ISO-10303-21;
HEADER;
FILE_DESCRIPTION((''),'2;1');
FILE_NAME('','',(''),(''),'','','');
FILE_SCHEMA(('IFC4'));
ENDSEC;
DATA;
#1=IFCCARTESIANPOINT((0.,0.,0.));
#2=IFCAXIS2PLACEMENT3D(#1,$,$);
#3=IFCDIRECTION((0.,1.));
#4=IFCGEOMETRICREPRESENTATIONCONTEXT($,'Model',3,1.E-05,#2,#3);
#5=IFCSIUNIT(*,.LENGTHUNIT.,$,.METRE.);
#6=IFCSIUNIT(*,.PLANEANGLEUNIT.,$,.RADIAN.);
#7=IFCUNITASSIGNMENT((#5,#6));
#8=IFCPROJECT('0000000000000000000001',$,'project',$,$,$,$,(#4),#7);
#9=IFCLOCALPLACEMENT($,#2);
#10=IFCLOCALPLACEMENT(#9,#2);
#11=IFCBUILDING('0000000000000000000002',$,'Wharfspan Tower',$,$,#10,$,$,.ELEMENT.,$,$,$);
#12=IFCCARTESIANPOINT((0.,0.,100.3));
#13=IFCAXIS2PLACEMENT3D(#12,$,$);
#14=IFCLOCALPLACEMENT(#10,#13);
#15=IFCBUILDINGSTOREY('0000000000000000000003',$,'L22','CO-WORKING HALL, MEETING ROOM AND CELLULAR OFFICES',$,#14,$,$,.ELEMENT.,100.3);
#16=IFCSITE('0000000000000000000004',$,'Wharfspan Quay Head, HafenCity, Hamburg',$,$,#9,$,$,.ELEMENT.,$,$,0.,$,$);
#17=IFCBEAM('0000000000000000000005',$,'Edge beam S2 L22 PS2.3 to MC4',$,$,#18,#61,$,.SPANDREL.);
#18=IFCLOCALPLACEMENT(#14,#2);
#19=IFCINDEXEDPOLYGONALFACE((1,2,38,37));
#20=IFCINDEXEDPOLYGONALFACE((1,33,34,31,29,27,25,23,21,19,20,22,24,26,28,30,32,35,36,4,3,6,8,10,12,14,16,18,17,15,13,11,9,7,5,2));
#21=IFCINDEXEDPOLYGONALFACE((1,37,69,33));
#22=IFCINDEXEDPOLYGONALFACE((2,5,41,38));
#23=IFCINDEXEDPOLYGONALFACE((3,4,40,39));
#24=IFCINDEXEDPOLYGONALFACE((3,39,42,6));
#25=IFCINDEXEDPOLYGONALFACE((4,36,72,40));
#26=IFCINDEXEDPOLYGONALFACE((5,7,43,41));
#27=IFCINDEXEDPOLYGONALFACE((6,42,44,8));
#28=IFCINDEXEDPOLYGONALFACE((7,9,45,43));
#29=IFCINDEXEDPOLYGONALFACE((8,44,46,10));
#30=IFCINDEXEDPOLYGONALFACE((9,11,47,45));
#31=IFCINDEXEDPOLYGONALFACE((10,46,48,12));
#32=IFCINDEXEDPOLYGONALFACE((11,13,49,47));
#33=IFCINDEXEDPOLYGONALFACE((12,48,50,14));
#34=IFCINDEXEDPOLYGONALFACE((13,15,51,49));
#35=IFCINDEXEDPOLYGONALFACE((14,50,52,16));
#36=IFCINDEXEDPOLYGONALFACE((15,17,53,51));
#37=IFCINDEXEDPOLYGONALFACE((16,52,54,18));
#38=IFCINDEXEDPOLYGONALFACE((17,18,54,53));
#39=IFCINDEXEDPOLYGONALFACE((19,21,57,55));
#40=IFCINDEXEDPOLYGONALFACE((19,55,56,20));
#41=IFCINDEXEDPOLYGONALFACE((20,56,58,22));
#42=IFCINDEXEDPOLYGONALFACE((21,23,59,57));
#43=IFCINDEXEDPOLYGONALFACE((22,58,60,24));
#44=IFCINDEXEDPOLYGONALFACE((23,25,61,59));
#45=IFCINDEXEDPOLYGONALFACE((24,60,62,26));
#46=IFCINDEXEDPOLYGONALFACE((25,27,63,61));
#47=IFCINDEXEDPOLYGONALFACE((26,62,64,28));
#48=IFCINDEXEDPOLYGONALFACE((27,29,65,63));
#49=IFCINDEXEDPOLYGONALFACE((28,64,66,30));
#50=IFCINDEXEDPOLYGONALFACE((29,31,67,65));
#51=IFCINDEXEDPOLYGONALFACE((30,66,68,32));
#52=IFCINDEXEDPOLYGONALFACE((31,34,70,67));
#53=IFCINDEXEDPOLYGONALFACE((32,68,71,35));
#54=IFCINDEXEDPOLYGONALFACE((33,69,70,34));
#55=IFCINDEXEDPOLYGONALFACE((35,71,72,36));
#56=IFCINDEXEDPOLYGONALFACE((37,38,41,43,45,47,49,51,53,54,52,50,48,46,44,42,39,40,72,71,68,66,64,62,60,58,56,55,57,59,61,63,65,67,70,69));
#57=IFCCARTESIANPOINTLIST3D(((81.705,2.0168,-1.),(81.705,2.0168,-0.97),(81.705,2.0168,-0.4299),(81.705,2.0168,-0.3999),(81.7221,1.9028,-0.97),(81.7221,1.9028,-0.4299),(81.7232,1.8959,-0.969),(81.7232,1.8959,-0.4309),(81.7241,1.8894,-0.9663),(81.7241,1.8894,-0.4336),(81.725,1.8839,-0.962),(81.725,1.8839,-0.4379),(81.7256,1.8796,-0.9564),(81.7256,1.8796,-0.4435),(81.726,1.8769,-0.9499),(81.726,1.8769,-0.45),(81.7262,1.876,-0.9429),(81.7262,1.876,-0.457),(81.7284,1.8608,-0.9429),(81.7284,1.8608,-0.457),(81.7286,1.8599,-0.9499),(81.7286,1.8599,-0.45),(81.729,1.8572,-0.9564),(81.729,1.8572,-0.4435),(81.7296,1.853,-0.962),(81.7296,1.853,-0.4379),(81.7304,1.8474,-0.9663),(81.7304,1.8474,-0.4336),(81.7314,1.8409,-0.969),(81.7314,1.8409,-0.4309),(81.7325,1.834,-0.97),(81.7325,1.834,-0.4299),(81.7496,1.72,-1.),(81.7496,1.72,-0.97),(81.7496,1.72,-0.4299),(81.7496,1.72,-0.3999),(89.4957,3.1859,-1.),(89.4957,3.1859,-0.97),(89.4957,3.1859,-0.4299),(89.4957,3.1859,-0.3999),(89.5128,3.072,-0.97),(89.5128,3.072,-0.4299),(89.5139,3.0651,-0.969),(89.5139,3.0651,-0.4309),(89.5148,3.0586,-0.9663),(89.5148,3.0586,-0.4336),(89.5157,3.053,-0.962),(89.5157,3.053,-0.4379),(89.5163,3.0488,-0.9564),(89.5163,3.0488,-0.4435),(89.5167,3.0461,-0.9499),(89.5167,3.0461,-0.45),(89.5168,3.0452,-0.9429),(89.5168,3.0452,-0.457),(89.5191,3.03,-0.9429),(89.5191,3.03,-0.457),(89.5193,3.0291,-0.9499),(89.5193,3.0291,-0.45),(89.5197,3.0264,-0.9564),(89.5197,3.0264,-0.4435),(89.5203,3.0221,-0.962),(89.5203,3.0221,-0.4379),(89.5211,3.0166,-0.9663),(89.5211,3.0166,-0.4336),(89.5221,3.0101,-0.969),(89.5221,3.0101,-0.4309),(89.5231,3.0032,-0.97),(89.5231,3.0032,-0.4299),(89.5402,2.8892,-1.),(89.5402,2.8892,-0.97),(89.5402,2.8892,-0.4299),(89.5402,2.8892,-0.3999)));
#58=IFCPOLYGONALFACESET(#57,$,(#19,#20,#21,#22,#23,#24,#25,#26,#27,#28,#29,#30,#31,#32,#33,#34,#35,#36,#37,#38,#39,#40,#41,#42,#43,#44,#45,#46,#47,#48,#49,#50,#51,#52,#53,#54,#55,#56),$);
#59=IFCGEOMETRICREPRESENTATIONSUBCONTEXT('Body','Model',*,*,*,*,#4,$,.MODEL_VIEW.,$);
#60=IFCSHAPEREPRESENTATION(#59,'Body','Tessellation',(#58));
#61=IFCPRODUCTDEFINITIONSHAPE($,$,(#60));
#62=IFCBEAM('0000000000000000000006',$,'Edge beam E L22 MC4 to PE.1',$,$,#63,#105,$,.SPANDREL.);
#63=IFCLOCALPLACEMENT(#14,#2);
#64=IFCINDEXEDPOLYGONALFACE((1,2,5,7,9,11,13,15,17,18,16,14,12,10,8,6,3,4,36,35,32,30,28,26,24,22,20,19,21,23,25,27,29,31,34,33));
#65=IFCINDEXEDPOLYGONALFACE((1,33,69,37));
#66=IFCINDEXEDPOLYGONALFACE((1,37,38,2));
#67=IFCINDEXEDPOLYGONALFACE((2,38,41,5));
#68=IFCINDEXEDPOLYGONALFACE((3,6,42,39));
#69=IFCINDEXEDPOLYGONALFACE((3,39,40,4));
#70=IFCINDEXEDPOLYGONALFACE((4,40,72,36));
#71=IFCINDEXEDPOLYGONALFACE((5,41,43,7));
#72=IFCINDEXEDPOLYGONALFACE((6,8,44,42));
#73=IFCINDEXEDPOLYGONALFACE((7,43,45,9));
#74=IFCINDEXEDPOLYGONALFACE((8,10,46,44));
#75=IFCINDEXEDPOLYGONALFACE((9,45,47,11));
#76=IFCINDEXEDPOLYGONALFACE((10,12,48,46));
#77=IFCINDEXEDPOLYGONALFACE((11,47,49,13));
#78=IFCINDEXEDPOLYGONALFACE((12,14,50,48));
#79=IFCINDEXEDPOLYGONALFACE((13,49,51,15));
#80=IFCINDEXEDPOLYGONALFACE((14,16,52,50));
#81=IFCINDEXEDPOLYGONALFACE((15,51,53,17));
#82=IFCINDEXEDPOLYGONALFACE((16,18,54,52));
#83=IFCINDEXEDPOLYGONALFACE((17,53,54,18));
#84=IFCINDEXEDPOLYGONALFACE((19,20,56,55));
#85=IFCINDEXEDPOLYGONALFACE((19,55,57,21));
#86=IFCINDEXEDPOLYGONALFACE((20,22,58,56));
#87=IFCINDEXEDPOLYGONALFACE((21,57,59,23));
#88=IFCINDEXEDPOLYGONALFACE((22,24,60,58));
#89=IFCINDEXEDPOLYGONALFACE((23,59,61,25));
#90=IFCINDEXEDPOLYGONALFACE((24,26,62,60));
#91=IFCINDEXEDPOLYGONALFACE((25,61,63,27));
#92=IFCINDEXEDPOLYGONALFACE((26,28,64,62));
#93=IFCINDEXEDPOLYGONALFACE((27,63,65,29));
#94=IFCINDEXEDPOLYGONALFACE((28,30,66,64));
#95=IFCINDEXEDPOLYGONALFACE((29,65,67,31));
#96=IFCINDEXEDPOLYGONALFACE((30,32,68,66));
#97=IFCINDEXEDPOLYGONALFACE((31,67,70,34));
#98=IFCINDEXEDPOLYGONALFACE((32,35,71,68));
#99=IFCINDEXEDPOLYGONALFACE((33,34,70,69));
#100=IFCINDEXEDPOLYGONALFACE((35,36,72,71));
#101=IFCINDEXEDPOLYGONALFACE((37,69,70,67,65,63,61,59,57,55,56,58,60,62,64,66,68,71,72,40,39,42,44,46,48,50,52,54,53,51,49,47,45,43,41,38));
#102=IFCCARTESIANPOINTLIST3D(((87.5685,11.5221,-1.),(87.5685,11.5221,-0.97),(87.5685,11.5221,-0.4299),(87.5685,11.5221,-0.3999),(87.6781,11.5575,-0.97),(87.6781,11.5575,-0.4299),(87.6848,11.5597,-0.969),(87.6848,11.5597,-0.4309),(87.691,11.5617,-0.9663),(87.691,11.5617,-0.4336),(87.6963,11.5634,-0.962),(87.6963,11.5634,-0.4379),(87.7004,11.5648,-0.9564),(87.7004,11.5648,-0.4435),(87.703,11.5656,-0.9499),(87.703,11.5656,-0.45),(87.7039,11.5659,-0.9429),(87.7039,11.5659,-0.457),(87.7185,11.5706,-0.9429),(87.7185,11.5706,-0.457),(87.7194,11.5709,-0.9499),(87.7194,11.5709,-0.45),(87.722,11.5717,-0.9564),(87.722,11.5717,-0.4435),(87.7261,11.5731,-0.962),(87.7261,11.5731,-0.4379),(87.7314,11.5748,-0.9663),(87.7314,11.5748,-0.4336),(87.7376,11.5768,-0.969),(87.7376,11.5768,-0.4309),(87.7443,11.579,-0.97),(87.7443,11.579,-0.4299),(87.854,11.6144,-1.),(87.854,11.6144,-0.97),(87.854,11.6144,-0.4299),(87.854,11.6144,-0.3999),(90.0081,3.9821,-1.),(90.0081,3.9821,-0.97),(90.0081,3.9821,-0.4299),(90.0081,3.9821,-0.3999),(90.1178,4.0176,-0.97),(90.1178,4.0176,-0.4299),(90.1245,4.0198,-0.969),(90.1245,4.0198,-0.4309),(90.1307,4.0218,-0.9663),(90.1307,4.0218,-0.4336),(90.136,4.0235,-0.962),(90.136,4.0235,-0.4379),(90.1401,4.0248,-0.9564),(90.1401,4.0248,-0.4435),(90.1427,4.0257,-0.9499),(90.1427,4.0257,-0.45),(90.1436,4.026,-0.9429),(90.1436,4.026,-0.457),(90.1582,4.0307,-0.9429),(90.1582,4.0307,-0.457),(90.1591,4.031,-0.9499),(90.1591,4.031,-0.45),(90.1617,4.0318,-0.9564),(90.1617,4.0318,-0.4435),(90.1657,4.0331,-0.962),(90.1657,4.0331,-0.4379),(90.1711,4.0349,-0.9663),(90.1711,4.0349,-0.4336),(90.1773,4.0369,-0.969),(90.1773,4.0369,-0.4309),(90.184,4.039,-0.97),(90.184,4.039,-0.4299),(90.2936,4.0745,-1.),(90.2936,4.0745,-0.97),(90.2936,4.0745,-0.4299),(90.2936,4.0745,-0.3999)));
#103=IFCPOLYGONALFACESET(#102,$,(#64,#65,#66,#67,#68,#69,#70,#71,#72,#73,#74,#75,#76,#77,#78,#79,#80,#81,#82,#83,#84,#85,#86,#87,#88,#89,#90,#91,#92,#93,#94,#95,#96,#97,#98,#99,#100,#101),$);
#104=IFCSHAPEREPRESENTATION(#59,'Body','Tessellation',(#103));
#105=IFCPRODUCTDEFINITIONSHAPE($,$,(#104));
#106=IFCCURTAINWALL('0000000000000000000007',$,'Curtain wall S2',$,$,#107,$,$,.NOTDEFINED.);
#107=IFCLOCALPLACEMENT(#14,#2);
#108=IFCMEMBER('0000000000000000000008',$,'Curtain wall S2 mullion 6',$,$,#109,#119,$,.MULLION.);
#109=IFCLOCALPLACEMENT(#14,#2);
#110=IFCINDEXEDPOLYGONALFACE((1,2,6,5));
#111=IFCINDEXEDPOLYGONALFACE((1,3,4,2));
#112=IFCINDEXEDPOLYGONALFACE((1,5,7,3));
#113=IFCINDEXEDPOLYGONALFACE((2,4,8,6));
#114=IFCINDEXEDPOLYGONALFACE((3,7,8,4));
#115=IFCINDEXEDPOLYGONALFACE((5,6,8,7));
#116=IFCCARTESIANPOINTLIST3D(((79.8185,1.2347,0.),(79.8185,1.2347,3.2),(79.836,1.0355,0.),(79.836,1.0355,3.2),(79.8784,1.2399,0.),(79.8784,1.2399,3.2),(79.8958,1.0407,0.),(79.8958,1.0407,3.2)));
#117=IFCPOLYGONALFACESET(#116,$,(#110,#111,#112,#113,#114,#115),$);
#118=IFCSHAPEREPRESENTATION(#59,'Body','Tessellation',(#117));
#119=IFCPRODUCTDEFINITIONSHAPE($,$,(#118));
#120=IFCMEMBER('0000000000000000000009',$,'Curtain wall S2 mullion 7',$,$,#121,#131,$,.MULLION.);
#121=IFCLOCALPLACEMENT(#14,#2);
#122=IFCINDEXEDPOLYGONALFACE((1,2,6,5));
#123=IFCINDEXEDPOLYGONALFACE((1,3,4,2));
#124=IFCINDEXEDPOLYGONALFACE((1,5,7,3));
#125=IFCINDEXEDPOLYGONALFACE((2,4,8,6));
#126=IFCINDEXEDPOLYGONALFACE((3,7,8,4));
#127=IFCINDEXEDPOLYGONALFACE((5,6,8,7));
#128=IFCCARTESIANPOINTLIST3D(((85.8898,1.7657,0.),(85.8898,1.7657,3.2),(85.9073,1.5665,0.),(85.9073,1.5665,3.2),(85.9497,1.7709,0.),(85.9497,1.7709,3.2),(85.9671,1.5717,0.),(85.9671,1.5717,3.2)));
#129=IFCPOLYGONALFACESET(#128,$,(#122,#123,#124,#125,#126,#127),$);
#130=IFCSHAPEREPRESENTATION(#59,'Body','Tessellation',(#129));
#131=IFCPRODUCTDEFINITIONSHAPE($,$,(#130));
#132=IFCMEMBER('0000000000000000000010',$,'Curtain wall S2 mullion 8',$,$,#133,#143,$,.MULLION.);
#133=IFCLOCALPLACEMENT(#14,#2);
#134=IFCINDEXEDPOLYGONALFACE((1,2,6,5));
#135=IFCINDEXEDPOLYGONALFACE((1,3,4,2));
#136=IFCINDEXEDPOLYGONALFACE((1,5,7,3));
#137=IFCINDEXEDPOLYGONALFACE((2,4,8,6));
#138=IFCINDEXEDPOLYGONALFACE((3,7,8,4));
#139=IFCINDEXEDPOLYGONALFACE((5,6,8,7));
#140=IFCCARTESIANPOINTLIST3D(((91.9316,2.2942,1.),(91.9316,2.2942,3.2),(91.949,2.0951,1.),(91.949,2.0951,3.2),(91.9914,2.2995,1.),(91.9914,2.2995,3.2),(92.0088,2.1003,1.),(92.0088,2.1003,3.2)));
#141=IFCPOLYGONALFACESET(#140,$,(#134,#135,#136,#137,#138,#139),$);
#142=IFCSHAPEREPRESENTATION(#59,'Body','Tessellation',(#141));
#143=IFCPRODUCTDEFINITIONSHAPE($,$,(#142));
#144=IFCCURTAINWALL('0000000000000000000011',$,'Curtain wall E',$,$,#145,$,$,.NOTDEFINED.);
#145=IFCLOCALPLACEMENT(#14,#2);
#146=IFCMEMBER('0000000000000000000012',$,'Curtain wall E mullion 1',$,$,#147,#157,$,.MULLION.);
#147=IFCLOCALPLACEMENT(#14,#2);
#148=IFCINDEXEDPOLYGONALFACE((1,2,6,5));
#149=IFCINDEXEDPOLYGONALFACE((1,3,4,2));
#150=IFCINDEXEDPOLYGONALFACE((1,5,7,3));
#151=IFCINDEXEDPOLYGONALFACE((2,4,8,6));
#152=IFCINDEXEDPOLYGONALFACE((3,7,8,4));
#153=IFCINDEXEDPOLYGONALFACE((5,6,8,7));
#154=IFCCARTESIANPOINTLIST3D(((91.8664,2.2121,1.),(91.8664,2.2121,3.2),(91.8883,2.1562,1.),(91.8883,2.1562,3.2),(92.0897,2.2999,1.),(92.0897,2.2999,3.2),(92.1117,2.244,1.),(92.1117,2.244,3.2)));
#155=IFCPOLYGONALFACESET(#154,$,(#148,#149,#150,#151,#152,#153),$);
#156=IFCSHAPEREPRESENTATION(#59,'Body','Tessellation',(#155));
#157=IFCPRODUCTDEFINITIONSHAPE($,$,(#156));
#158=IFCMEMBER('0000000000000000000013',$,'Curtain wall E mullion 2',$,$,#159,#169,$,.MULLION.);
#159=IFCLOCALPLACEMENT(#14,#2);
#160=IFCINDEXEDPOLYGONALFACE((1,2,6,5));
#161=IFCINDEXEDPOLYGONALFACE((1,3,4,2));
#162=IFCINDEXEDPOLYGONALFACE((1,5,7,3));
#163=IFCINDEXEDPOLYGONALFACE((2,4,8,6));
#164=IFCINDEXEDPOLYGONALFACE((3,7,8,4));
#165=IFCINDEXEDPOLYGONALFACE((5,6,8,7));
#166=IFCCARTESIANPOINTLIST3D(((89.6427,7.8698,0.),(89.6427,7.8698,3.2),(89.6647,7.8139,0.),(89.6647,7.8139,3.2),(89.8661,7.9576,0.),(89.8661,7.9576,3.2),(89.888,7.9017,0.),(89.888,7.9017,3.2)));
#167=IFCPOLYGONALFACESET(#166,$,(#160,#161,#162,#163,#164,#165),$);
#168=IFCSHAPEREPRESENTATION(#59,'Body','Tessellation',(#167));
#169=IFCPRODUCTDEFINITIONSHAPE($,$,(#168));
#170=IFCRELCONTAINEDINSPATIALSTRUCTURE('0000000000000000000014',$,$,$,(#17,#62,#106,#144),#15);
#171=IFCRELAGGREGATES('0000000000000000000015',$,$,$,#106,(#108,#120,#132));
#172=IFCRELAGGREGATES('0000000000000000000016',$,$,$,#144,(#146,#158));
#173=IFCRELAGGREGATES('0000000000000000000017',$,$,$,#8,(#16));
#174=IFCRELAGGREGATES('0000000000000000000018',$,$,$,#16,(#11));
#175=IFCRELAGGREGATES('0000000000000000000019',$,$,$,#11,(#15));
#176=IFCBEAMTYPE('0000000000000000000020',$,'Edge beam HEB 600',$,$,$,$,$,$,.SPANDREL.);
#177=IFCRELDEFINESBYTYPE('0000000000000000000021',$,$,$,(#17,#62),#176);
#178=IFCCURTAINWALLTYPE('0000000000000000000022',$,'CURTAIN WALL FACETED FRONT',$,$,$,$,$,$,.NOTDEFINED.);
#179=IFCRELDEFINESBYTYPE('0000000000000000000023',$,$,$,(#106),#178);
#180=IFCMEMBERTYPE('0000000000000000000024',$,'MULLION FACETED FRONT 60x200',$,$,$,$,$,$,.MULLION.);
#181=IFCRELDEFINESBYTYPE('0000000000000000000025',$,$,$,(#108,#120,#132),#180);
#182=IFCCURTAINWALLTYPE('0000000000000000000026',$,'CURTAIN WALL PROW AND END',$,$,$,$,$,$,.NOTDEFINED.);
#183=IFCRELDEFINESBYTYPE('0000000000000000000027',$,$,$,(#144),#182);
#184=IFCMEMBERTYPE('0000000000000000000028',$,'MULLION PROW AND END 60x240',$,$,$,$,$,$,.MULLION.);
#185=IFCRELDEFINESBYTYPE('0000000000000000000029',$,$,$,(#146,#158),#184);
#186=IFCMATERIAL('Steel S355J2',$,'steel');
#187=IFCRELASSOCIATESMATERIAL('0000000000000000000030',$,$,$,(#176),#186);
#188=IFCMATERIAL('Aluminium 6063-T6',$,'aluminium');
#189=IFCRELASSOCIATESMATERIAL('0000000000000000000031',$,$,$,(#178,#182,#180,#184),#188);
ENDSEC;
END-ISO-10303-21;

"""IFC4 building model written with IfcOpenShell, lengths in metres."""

from ifc_helpers import new_model, si_unit, direction, frame, origin, origin_2d, place, context, subcontext, project, spatial, rectangle, i_section, extrude, material, material_profile, profile_set, type_object, element, aggregate, save


model = new_model("IFC4")

# Units and contexts
model_context = context("Model", 3, precision=1e-05, world=origin(), true_north=direction((0.0, 1.0)))
body_context = subcontext(model_context, "Body", "Model", "MODEL_VIEW")
ifc_project = project(units=[si_unit("LENGTHUNIT", "METRE"), si_unit("PLANEANGLEUNIT", "RADIAN")], contexts=[model_context])

# Site, building, storey
site_placement = place(None, origin())
site = spatial("IfcSite", under=ifc_project, at=site_placement, Name="Wharfspan Quay Head, HafenCity, Hamburg", CompositionType="ELEMENT", RefElevation=0.0)
building_placement = place(site_placement, origin())
building = spatial("IfcBuilding", under=site, at=building_placement, Name="Wharfspan Tower", CompositionType="ELEMENT")
storey_placement = place(building_placement, frame((0.0, 0.0, 100.3)))
storey = spatial("IfcBuildingStorey", under=building, at=storey_placement, Name="L22", Description="CO-WORKING HALL, MEETING ROOM AND CELLULAR OFFICES", CompositionType="ELEMENT", Elevation=100.3)

# Shared definitions
ifc_material_1 = material(Name="Steel S355J2", Category="steel")

# Beams
ifc_material_profile_1 = material_profile(ifc_material_1, i_section(OverallWidth=0.3, OverallDepth=0.6001, WebThickness=0.0154, FlangeThickness=0.03, FilletRadius=0.0271, at=origin_2d()))
ifc_profile_set_1 = profile_set([ifc_material_profile_1], Name="Steel S355J2")
beam_type = type_object("IfcBeamType", Name="Edge beam HEB 600", PredefinedType="SPANDREL", material=ifc_profile_set_1)
beam_1_placement = place(storey_placement, frame((81.7273, 1.8684, -0.7), z_axis=(0.988926, 0.148412, 0.0), x_axis=(-0.148412, 0.988926, 0.0)))
element("IfcBeam", 1, at=beam_1_placement, inside=storey, type_object=beam_type, Name="Edge beam S2 L22 PS2.3 to MC4", PredefinedType="SPANDREL", context=body_context, shape_type="SweptSolid", body=[
    extrude(i_section(OverallWidth=0.3, OverallDepth=0.6001, WebThickness=0.0154, FlangeThickness=0.03, FilletRadius=0.0271, at=origin_2d()), origin(), (0.0, 0.0, 1.0), 7.8779),
])
beam_2_placement = place(storey_placement, frame((90.1509, 4.0283, -0.7), z_axis=(-0.307851, 0.951434, 0.0), x_axis=(-0.951434, -0.307851, 0.0)))
element("IfcBeam", 2, at=beam_2_placement, inside=storey, type_object=beam_type, Name="Edge beam E L22 MC4 to PE.1", PredefinedType="SPANDREL", context=body_context, shape_type="SweptSolid", body=[
    extrude(i_section(OverallWidth=0.3, OverallDepth=0.6001, WebThickness=0.0154, FlangeThickness=0.03, FilletRadius=0.0271, at=origin_2d()), origin(), (0.0, 0.0, 1.0), 7.9248),
])

# Curtain walls, members
ifc_material_2 = material(Name="Aluminium 6063-T6", Category="aluminium")
curtain_wall_type_1 = type_object("IfcCurtainWallType", Name="CURTAIN WALL FACETED FRONT", PredefinedType="NOTDEFINED", material=ifc_material_2)
curtain_wall_1_placement = place(storey_placement, origin())
curtain_wall_1 = element("IfcCurtainWall", 3, at=curtain_wall_1_placement, inside=storey, type_object=curtain_wall_type_1, Name="Curtain wall S2", PredefinedType="NOTDEFINED")
ifc_material_profile_2 = material_profile(ifc_material_2, rectangle(XDim=0.2, YDim=0.0601, at=origin_2d()))
ifc_profile_set_2 = profile_set([ifc_material_profile_2], Name="Aluminium 6063-T6")
member_type_1 = type_object("IfcMemberType", Name="MULLION FACETED FRONT 60x200", PredefinedType="MULLION", material=ifc_profile_set_2)
member_1_placement = place(storey_placement, frame((79.8572, 1.1377, 0.0), z_axis=(0.0, 0.0, 1.0), x_axis=(-0.087156, 0.996198, 0.0)))
member_1 = element("IfcMember", 4, at=member_1_placement, type_object=member_type_1, Name="Curtain wall S2 mullion 6", PredefinedType="MULLION", context=body_context, shape_type="SweptSolid", body=[
    extrude(rectangle(XDim=0.2, YDim=0.0601, at=origin_2d()), origin(), (0.0, 0.0, 1.0), 3.2),
])
member_2_placement = place(storey_placement, frame((85.9285, 1.6687, 0.0), z_axis=(0.0, 0.0, 1.0), x_axis=(-0.087156, 0.996198, 0.0)))
member_2 = element("IfcMember", 5, at=member_2_placement, type_object=member_type_1, Name="Curtain wall S2 mullion 7", PredefinedType="MULLION", context=body_context, shape_type="SweptSolid", body=[
    extrude(rectangle(XDim=0.2, YDim=0.0601, at=origin_2d()), origin(), (0.0, 0.0, 1.0), 3.2),
])
member_3_placement = place(storey_placement, frame((91.9702, 2.1973, 1.0), z_axis=(0.0, 0.0, 1.0), x_axis=(-0.087156, 0.996198, 0.0)))
member_3 = element("IfcMember", 6, at=member_3_placement, type_object=member_type_1, Name="Curtain wall S2 mullion 8", PredefinedType="MULLION", context=body_context, shape_type="SweptSolid", body=[
    extrude(rectangle(XDim=0.2, YDim=0.0601, at=origin_2d()), origin(), (0.0, 0.0, 1.0), 2.2),
])
curtain_wall_type_2 = type_object("IfcCurtainWallType", Name="CURTAIN WALL PROW AND END", PredefinedType="NOTDEFINED", material=ifc_material_2)
curtain_wall_2_placement = place(storey_placement, origin())
curtain_wall_2 = element("IfcCurtainWall", 7, at=curtain_wall_2_placement, inside=storey, type_object=curtain_wall_type_2, Name="Curtain wall E", PredefinedType="NOTDEFINED")
ifc_material_profile_3 = material_profile(ifc_material_2, rectangle(XDim=0.24, YDim=0.0601, at=origin_2d()))
ifc_profile_set_3 = profile_set([ifc_material_profile_3], Name="Aluminium 6063-T6")
member_type_2 = type_object("IfcMemberType", Name="MULLION PROW AND END 60x240", PredefinedType="MULLION", material=ifc_profile_set_3)
member_4_placement = place(storey_placement, frame((91.989, 2.228, 1.0), z_axis=(0.0, 0.0, 1.0), x_axis=(-0.930702, -0.365778, 0.0)))
member_4 = element("IfcMember", 8, at=member_4_placement, type_object=member_type_2, Name="Curtain wall E mullion 1", PredefinedType="MULLION", context=body_context, shape_type="SweptSolid", body=[
    extrude(rectangle(XDim=0.24, YDim=0.0601, at=origin_2d()), origin(), (0.0, 0.0, 1.0), 2.2),
])
member_5_placement = place(storey_placement, frame((89.7654, 7.8857, 0.0), z_axis=(0.0, 0.0, 1.0), x_axis=(-0.930702, -0.365778, 0.0)))
member_5 = element("IfcMember", 9, at=member_5_placement, type_object=member_type_2, Name="Curtain wall E mullion 2", PredefinedType="MULLION", context=body_context, shape_type="SweptSolid", body=[
    extrude(rectangle(XDim=0.24, YDim=0.0601, at=origin_2d()), origin(), (0.0, 0.0, 1.0), 3.2),
])

aggregate(curtain_wall_1, [member_1, member_2, member_3])
aggregate(curtain_wall_2, [member_4, member_5])

save(model, "model.ifc")
